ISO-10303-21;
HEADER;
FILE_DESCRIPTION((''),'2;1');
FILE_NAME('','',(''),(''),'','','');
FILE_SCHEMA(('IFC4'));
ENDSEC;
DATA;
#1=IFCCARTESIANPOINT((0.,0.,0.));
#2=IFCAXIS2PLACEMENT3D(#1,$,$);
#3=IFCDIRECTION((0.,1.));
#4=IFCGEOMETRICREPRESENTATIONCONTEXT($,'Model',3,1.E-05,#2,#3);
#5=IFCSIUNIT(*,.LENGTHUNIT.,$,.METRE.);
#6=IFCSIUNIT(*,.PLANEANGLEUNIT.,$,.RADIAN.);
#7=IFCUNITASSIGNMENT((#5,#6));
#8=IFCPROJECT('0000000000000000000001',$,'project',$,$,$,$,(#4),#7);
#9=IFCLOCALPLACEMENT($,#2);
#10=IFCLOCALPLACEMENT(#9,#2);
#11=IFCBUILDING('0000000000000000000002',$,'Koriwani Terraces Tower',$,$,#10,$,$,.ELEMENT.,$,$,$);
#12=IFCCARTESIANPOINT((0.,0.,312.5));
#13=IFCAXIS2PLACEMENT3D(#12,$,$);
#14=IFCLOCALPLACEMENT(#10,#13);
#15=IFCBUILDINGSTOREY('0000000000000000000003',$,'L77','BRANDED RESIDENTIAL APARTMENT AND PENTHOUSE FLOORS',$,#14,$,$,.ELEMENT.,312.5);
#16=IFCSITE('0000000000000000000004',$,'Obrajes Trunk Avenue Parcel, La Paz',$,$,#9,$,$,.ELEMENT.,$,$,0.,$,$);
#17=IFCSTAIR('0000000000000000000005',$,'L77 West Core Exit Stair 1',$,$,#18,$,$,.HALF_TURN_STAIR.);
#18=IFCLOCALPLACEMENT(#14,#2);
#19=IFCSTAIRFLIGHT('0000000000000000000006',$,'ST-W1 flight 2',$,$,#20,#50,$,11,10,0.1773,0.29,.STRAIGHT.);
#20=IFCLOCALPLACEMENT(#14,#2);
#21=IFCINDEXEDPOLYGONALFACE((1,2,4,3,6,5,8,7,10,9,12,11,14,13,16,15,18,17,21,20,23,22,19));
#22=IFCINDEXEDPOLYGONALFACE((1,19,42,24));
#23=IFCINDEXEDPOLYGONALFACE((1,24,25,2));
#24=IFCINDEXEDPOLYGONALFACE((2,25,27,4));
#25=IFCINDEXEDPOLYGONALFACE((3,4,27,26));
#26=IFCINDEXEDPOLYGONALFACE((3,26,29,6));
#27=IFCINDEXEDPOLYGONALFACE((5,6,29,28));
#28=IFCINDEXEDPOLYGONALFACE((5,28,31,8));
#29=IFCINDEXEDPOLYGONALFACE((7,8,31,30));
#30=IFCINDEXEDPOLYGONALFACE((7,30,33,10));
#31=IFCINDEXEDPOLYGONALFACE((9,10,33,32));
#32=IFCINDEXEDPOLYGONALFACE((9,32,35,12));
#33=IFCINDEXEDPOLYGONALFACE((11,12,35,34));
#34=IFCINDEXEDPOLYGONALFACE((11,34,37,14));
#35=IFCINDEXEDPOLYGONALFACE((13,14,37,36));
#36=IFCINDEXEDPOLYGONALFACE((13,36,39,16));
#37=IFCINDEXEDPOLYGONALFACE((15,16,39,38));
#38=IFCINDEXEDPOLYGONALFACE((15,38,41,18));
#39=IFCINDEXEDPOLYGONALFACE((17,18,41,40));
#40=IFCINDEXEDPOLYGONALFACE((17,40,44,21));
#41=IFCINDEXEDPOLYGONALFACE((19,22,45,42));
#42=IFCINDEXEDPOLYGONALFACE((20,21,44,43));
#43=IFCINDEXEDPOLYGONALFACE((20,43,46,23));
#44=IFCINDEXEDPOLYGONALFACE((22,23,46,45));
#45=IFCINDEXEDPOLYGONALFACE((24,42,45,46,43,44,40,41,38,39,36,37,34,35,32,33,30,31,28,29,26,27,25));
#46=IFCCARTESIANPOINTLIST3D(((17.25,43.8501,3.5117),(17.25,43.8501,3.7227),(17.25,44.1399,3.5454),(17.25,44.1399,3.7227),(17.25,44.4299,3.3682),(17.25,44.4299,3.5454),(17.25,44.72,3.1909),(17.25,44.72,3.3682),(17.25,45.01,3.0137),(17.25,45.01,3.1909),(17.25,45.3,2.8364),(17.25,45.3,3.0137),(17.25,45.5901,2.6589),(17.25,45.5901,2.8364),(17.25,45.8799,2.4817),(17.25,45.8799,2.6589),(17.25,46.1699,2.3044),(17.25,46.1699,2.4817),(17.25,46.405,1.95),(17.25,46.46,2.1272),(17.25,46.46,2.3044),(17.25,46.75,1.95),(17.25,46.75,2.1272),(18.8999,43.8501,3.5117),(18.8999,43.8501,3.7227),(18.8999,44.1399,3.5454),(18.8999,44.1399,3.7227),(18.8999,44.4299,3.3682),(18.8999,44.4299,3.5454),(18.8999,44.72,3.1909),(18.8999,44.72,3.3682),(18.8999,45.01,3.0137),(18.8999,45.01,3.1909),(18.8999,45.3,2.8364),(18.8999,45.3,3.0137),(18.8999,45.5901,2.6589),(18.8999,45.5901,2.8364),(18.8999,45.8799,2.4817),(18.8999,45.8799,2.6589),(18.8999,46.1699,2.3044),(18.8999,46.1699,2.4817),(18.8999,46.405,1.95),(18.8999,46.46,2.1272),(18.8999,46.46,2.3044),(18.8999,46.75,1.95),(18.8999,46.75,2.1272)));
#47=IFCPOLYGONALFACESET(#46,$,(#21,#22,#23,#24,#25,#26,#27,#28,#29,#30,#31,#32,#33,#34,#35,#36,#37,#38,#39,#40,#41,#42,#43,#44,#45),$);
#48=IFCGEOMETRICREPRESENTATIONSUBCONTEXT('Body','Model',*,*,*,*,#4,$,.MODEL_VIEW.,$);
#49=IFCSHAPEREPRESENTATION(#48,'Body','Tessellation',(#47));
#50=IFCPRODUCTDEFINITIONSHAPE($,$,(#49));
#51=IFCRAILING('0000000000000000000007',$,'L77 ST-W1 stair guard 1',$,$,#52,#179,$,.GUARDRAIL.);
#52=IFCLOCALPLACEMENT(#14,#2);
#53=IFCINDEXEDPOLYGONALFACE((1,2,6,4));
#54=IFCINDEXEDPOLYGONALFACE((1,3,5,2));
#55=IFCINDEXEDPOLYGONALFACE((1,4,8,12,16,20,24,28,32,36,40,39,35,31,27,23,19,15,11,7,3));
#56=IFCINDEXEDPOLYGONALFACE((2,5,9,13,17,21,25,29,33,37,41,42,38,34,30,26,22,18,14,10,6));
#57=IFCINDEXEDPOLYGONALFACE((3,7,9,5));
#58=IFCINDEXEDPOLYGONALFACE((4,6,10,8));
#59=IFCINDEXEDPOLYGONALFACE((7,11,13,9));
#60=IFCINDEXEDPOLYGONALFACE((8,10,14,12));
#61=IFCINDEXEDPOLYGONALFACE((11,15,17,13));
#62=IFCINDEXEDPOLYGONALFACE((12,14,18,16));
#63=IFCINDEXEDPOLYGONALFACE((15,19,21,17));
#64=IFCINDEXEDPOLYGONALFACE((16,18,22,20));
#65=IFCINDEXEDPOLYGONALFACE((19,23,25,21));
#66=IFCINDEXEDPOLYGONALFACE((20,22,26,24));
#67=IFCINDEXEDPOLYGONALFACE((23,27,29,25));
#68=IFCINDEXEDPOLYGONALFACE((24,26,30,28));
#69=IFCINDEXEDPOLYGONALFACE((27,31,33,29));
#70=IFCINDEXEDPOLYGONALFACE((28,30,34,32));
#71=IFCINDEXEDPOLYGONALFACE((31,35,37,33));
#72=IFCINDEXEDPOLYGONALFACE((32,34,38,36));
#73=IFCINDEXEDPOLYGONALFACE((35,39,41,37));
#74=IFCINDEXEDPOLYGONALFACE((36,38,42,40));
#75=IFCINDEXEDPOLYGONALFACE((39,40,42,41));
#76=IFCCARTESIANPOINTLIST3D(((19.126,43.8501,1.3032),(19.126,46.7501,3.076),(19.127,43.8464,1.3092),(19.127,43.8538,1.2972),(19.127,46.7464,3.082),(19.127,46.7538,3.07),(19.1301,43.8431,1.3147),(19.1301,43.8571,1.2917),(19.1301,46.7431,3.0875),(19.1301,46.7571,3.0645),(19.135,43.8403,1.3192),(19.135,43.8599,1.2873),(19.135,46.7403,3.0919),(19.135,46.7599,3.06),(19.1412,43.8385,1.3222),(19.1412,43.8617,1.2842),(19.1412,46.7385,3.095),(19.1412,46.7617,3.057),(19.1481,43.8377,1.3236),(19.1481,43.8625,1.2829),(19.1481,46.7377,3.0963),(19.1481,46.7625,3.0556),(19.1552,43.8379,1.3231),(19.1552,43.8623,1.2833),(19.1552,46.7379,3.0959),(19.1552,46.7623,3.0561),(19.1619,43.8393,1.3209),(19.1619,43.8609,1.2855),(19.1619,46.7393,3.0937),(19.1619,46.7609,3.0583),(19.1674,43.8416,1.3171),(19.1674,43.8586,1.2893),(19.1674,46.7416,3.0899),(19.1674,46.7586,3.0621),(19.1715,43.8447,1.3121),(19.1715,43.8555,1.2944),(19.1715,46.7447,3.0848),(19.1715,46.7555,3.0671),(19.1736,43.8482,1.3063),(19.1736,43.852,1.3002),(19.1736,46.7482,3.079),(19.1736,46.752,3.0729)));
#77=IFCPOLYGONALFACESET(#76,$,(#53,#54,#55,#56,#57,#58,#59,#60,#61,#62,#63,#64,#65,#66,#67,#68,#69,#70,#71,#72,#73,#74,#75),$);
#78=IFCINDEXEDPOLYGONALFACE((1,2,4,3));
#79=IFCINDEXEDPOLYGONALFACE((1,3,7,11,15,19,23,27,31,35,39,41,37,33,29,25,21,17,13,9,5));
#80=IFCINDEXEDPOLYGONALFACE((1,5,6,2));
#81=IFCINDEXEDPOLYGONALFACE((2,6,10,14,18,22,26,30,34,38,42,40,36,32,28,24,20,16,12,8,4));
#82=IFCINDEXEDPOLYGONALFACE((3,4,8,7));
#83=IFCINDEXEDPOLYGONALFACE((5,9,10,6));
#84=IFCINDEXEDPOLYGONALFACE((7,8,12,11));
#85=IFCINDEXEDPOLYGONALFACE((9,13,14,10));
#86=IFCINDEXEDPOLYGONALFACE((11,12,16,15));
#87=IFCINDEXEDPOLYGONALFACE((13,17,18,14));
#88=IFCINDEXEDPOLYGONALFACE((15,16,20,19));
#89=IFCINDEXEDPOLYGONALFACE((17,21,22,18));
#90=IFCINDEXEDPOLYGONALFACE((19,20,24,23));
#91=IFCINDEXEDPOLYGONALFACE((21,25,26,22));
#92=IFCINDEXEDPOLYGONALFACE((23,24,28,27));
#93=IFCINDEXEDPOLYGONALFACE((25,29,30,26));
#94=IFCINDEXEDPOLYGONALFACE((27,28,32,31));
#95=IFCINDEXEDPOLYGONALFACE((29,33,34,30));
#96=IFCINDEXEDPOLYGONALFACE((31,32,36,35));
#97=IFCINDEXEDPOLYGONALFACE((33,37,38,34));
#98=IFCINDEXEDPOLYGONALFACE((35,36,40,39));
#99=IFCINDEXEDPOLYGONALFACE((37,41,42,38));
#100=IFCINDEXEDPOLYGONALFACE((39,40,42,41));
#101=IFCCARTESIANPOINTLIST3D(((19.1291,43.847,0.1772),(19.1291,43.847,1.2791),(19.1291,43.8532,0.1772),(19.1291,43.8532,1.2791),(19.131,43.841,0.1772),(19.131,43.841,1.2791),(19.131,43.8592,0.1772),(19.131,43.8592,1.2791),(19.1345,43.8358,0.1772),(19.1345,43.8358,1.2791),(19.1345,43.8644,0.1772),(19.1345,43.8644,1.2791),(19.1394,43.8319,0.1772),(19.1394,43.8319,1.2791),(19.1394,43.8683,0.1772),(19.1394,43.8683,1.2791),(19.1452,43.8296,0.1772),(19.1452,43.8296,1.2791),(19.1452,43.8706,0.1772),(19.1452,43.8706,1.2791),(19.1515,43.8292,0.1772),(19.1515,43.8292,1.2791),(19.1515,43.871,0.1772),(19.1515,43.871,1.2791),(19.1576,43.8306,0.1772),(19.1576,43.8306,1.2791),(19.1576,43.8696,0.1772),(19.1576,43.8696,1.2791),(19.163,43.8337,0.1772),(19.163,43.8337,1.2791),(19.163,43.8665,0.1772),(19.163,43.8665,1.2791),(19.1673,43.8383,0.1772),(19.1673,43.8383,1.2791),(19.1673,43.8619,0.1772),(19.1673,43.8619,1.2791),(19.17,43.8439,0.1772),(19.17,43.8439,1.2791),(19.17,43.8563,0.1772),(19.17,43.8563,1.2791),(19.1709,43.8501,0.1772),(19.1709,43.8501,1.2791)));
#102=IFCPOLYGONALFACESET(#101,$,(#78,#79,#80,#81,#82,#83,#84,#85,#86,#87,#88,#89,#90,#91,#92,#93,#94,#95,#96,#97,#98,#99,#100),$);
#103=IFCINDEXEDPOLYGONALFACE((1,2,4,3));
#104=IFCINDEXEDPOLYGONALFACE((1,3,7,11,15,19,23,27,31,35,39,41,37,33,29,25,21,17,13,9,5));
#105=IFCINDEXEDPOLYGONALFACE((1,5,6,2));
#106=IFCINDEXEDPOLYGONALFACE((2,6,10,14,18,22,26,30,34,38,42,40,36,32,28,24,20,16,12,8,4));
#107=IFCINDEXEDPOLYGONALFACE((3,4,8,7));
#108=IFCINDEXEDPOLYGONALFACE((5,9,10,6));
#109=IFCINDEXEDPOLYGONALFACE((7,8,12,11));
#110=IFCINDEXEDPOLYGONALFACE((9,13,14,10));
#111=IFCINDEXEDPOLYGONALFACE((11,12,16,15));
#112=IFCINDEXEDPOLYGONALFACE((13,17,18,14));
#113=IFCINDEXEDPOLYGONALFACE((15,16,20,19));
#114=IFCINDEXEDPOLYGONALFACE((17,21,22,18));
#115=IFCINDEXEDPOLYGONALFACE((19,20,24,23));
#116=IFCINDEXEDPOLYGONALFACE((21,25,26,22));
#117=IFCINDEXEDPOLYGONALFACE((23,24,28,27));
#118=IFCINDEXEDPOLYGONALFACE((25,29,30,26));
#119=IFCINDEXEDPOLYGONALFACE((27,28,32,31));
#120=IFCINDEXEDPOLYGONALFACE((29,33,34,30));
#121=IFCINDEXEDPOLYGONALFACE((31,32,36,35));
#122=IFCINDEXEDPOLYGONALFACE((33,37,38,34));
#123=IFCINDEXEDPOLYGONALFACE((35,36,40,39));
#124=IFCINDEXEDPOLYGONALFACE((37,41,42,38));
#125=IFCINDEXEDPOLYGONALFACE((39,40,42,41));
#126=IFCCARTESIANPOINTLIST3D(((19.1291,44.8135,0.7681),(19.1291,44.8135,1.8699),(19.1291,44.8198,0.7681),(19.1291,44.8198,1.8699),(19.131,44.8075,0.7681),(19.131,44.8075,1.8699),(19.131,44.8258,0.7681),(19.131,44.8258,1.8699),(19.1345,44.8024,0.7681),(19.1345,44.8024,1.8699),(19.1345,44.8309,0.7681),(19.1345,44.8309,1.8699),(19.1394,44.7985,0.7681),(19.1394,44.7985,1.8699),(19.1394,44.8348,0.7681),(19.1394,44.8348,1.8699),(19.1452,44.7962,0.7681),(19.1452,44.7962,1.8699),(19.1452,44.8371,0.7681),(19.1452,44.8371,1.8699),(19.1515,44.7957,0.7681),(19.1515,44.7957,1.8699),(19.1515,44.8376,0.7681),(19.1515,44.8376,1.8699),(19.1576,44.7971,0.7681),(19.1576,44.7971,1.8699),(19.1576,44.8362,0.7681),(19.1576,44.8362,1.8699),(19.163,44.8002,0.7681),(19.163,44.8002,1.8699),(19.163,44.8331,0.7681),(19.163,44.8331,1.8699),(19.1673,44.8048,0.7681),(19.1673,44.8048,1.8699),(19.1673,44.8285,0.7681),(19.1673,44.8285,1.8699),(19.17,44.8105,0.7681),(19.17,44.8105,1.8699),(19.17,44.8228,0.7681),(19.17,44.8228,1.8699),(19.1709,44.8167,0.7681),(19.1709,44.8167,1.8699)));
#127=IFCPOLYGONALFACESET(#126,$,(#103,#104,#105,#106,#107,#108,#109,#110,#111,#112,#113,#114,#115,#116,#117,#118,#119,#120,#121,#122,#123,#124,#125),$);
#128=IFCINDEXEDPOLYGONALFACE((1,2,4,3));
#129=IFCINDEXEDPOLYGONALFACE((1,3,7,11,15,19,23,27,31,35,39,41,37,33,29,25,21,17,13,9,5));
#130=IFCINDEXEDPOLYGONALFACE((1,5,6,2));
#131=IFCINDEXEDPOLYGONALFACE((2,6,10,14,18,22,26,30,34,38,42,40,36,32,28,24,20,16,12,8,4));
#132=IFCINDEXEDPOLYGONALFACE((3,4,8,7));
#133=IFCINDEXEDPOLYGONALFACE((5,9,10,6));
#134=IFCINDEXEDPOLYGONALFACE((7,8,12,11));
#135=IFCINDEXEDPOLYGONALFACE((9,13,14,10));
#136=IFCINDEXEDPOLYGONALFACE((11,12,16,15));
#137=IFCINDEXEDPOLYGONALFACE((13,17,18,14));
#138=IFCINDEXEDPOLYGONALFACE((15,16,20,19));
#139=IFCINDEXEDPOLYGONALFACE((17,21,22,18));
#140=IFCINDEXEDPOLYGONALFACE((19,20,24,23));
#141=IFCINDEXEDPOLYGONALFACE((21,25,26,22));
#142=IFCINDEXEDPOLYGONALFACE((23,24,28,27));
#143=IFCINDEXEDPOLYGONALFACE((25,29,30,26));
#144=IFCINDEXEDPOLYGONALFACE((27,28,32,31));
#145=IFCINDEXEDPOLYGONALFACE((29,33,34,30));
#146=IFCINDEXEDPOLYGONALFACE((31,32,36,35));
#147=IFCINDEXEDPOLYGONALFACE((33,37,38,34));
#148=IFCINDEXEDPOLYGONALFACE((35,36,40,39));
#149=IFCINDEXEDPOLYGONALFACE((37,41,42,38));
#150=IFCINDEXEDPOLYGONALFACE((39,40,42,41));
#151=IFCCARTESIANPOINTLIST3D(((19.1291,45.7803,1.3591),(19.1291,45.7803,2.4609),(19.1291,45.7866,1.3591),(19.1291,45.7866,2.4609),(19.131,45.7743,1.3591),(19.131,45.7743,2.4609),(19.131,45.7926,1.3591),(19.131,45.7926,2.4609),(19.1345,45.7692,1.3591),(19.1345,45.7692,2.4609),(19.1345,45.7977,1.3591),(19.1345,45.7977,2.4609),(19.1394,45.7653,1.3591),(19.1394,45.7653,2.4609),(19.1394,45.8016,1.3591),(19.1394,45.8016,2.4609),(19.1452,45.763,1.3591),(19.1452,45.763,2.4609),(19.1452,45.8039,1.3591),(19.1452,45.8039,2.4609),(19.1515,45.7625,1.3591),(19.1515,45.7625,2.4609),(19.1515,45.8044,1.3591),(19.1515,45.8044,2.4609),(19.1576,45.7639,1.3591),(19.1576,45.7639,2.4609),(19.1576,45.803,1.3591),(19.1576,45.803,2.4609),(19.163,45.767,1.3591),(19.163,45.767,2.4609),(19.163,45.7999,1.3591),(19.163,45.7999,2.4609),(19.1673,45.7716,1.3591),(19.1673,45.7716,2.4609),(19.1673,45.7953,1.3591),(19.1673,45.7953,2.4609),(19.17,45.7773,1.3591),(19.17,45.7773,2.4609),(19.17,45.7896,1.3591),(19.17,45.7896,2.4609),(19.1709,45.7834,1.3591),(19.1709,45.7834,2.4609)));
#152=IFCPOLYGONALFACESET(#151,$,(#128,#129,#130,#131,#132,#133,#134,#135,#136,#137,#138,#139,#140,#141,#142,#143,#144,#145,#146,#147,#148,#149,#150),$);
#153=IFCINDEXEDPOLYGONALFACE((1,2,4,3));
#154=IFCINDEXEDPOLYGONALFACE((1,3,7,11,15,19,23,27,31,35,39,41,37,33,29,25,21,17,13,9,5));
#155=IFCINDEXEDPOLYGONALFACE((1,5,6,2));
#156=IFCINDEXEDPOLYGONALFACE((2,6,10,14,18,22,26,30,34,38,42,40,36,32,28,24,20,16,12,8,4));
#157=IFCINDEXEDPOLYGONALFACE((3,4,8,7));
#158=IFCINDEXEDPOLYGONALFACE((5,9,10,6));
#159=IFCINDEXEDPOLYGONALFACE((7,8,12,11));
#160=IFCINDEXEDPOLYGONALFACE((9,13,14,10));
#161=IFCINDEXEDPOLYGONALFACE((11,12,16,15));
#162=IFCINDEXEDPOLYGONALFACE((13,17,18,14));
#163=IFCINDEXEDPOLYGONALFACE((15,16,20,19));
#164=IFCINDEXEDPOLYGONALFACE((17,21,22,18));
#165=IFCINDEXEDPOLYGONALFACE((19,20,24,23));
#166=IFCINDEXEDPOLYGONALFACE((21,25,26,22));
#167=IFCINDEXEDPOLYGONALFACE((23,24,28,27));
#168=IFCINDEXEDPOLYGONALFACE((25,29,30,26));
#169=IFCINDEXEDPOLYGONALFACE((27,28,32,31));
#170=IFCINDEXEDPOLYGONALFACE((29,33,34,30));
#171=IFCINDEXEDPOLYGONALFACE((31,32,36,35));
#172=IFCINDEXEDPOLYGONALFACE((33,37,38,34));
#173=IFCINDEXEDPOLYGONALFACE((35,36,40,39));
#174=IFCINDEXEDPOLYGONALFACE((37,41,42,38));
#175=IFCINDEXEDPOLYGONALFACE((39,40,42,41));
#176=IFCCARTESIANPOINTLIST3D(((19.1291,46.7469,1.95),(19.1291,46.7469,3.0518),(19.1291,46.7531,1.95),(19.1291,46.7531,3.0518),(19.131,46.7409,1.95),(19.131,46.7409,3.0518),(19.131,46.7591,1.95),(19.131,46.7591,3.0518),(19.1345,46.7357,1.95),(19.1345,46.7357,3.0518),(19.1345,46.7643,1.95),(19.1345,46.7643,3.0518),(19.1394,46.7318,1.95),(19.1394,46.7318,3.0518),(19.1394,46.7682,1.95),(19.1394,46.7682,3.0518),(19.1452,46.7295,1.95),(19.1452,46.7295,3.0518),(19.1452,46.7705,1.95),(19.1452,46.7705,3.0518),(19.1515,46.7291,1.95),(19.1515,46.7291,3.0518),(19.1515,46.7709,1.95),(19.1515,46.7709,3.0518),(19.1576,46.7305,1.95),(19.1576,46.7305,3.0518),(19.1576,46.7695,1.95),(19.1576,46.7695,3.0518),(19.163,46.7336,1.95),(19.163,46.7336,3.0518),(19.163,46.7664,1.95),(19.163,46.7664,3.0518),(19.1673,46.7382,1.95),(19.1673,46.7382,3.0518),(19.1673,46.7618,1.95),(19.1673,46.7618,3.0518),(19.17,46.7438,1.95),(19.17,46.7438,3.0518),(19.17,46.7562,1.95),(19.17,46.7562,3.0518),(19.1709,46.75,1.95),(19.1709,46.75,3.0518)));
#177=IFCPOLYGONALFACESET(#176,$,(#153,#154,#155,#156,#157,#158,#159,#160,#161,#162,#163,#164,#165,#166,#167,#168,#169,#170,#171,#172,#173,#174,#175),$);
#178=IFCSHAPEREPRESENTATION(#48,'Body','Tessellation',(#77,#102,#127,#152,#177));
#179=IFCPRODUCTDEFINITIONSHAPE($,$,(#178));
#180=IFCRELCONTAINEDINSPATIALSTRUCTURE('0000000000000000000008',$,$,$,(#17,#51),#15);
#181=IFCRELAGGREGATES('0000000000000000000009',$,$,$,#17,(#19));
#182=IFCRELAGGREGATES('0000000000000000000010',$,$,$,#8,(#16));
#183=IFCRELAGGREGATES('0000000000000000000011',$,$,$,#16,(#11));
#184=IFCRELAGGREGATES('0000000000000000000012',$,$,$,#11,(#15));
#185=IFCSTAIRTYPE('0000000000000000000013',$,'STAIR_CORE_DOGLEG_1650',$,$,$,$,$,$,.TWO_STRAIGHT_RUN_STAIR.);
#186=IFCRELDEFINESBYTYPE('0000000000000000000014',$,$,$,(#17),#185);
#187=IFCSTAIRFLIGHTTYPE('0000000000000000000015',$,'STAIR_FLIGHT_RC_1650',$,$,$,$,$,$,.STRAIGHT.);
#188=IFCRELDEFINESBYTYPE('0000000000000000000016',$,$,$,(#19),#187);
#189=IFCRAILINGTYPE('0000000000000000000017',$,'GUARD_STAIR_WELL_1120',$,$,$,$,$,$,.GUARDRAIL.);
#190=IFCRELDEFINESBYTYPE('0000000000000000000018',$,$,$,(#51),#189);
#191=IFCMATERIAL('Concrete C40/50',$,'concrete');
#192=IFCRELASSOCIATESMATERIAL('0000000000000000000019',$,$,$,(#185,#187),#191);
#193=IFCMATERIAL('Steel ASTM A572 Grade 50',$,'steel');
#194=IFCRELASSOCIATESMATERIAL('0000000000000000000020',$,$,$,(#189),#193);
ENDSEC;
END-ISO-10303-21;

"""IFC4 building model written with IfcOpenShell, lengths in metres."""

from ifc_helpers import new_model, si_unit, direction, frame, origin, origin_2d, place, context, subcontext, project, spatial, polyline, circle, outline, extrude, material, type_object, element, aggregate, save


model = new_model("IFC4")

# Units and contexts
model_context = context("Model", 3, precision=1e-05, world=origin(), true_north=direction((0.0, 1.0)))
body_context = subcontext(model_context, "Body", "Model", "MODEL_VIEW")
ifc_project = project(units=[si_unit("LENGTHUNIT", "METRE"), si_unit("PLANEANGLEUNIT", "RADIAN")], contexts=[model_context])

# Site, building, storey
site_placement = place(None, origin())
site = spatial("IfcSite", under=ifc_project, at=site_placement, Name="Obrajes Trunk Avenue Parcel, La Paz", CompositionType="ELEMENT", RefElevation=0.0)
building_placement = place(site_placement, origin())
building = spatial("IfcBuilding", under=site, at=building_placement, Name="Koriwani Terraces Tower", CompositionType="ELEMENT")
storey_placement = place(building_placement, frame((0.0, 0.0, 312.5)))
storey = spatial("IfcBuildingStorey", under=building, at=storey_placement, Name="L77", Description="BRANDED RESIDENTIAL APARTMENT AND PENTHOUSE FLOORS", CompositionType="ELEMENT", Elevation=312.5)

# Shared definitions
ifc_material_1 = material(Name="Concrete C40/50", Category="concrete")

# Shared definitions
ifc_material_2 = material(Name="Steel ASTM A572 Grade 50", Category="steel")

# Stair, stair flight
stair_type = type_object("IfcStairType", Name="STAIR_CORE_DOGLEG_1650", PredefinedType="TWO_STRAIGHT_RUN_STAIR", material=ifc_material_1)
stair_placement = place(storey_placement, origin())
stair = element("IfcStair", 1, at=stair_placement, inside=storey, type_object=stair_type, Name="L77 West Core Exit Stair 1", PredefinedType="HALF_TURN_STAIR")
stair_flight_type = type_object("IfcStairFlightType", Name="STAIR_FLIGHT_RC_1650", PredefinedType="STRAIGHT", material=ifc_material_1)
stair_flight_1_placement = place(storey_placement, frame((18.075, 46.75, 1.95), z_axis=(0.0, 0.0, 1.0), x_axis=(0.0, -1.0, 0.0)))
stair_flight_1 = element("IfcStairFlight", 2, at=stair_flight_1_placement, type_object=stair_flight_type, Name="ST-W1 flight 2", NumberOfRisers=11, NumberOfTreads=10, PredefinedType="STRAIGHT", RiserHeight=0.1773, TreadLength=0.29, context=body_context, shape_type="SweptSolid", body=[
    extrude(outline(polyline([(0.0, 0.0), (0.0, 0.1772), (0.29, 0.1772), (0.29, 0.3545), (0.5801, 0.3545), (0.5801, 0.5317), (0.8701, 0.5317), (0.8701, 0.709), (1.1599, 0.709), (1.1599, 0.8865), (1.45, 0.8865), (1.45, 1.0637), (1.74, 1.0637), (1.74, 1.241), (2.03, 1.241), (2.03, 1.4182), (2.3201, 1.4182), (2.3201, 1.5955), (2.6101, 1.5955), (2.6101, 1.7727), (2.8999, 1.7727), (2.8999, 1.95), (2.8999, 1.5618), (0.345, 0.0), (0.0, 0.0)])), frame((0.0, 0.825, 0.0), z_axis=(0.0, -1.0, 0.0), x_axis=(1.0, 0.0, 0.0)), (0.0, 0.0, 1.0), 1.6499),
])
aggregate(stair, [stair_flight_1])

# Railing
railing_type_1 = type_object("IfcRailingType", Name="GUARD_STAIR_WELL_1120", PredefinedType="GUARDRAIL", material=ifc_material_2)
railing_1_placement = place(storey_placement, frame((19.1499, 43.8501, 0.1772)))
element("IfcRailing", 3, at=railing_1_placement, inside=storey, type_object=railing_type_1, Name="L77 ST-W1 stair guard 1", PredefinedType="GUARDRAIL", context=body_context, shape_type="SweptSolid", body=[
    extrude(circle(Radius=0.0239, at=origin_2d()), frame((0.0, 0.0, 1.126), z_axis=(0.0, 0.853211, 0.521566), x_axis=(-1.0, 0.0, 0.0)), (0.0, 0.0, 1.0), 3.3989),
    extrude(circle(Radius=0.021, at=origin_2d()), origin(), (0.0, 0.0, 1.0), 1.1018),
    extrude(circle(Radius=0.021, at=origin_2d()), frame((0.0, 0.9666, 0.5908)), (0.0, 0.0, 1.0), 1.1018),
    extrude(circle(Radius=0.021, at=origin_2d()), frame((0.0, 1.9333, 1.1819)), (0.0, 0.0, 1.0), 1.1018),
    extrude(circle(Radius=0.021, at=origin_2d()), frame((0.0, 2.8999, 1.7727)), (0.0, 0.0, 1.0), 1.1018),
])

save(model, "model.ifc")
